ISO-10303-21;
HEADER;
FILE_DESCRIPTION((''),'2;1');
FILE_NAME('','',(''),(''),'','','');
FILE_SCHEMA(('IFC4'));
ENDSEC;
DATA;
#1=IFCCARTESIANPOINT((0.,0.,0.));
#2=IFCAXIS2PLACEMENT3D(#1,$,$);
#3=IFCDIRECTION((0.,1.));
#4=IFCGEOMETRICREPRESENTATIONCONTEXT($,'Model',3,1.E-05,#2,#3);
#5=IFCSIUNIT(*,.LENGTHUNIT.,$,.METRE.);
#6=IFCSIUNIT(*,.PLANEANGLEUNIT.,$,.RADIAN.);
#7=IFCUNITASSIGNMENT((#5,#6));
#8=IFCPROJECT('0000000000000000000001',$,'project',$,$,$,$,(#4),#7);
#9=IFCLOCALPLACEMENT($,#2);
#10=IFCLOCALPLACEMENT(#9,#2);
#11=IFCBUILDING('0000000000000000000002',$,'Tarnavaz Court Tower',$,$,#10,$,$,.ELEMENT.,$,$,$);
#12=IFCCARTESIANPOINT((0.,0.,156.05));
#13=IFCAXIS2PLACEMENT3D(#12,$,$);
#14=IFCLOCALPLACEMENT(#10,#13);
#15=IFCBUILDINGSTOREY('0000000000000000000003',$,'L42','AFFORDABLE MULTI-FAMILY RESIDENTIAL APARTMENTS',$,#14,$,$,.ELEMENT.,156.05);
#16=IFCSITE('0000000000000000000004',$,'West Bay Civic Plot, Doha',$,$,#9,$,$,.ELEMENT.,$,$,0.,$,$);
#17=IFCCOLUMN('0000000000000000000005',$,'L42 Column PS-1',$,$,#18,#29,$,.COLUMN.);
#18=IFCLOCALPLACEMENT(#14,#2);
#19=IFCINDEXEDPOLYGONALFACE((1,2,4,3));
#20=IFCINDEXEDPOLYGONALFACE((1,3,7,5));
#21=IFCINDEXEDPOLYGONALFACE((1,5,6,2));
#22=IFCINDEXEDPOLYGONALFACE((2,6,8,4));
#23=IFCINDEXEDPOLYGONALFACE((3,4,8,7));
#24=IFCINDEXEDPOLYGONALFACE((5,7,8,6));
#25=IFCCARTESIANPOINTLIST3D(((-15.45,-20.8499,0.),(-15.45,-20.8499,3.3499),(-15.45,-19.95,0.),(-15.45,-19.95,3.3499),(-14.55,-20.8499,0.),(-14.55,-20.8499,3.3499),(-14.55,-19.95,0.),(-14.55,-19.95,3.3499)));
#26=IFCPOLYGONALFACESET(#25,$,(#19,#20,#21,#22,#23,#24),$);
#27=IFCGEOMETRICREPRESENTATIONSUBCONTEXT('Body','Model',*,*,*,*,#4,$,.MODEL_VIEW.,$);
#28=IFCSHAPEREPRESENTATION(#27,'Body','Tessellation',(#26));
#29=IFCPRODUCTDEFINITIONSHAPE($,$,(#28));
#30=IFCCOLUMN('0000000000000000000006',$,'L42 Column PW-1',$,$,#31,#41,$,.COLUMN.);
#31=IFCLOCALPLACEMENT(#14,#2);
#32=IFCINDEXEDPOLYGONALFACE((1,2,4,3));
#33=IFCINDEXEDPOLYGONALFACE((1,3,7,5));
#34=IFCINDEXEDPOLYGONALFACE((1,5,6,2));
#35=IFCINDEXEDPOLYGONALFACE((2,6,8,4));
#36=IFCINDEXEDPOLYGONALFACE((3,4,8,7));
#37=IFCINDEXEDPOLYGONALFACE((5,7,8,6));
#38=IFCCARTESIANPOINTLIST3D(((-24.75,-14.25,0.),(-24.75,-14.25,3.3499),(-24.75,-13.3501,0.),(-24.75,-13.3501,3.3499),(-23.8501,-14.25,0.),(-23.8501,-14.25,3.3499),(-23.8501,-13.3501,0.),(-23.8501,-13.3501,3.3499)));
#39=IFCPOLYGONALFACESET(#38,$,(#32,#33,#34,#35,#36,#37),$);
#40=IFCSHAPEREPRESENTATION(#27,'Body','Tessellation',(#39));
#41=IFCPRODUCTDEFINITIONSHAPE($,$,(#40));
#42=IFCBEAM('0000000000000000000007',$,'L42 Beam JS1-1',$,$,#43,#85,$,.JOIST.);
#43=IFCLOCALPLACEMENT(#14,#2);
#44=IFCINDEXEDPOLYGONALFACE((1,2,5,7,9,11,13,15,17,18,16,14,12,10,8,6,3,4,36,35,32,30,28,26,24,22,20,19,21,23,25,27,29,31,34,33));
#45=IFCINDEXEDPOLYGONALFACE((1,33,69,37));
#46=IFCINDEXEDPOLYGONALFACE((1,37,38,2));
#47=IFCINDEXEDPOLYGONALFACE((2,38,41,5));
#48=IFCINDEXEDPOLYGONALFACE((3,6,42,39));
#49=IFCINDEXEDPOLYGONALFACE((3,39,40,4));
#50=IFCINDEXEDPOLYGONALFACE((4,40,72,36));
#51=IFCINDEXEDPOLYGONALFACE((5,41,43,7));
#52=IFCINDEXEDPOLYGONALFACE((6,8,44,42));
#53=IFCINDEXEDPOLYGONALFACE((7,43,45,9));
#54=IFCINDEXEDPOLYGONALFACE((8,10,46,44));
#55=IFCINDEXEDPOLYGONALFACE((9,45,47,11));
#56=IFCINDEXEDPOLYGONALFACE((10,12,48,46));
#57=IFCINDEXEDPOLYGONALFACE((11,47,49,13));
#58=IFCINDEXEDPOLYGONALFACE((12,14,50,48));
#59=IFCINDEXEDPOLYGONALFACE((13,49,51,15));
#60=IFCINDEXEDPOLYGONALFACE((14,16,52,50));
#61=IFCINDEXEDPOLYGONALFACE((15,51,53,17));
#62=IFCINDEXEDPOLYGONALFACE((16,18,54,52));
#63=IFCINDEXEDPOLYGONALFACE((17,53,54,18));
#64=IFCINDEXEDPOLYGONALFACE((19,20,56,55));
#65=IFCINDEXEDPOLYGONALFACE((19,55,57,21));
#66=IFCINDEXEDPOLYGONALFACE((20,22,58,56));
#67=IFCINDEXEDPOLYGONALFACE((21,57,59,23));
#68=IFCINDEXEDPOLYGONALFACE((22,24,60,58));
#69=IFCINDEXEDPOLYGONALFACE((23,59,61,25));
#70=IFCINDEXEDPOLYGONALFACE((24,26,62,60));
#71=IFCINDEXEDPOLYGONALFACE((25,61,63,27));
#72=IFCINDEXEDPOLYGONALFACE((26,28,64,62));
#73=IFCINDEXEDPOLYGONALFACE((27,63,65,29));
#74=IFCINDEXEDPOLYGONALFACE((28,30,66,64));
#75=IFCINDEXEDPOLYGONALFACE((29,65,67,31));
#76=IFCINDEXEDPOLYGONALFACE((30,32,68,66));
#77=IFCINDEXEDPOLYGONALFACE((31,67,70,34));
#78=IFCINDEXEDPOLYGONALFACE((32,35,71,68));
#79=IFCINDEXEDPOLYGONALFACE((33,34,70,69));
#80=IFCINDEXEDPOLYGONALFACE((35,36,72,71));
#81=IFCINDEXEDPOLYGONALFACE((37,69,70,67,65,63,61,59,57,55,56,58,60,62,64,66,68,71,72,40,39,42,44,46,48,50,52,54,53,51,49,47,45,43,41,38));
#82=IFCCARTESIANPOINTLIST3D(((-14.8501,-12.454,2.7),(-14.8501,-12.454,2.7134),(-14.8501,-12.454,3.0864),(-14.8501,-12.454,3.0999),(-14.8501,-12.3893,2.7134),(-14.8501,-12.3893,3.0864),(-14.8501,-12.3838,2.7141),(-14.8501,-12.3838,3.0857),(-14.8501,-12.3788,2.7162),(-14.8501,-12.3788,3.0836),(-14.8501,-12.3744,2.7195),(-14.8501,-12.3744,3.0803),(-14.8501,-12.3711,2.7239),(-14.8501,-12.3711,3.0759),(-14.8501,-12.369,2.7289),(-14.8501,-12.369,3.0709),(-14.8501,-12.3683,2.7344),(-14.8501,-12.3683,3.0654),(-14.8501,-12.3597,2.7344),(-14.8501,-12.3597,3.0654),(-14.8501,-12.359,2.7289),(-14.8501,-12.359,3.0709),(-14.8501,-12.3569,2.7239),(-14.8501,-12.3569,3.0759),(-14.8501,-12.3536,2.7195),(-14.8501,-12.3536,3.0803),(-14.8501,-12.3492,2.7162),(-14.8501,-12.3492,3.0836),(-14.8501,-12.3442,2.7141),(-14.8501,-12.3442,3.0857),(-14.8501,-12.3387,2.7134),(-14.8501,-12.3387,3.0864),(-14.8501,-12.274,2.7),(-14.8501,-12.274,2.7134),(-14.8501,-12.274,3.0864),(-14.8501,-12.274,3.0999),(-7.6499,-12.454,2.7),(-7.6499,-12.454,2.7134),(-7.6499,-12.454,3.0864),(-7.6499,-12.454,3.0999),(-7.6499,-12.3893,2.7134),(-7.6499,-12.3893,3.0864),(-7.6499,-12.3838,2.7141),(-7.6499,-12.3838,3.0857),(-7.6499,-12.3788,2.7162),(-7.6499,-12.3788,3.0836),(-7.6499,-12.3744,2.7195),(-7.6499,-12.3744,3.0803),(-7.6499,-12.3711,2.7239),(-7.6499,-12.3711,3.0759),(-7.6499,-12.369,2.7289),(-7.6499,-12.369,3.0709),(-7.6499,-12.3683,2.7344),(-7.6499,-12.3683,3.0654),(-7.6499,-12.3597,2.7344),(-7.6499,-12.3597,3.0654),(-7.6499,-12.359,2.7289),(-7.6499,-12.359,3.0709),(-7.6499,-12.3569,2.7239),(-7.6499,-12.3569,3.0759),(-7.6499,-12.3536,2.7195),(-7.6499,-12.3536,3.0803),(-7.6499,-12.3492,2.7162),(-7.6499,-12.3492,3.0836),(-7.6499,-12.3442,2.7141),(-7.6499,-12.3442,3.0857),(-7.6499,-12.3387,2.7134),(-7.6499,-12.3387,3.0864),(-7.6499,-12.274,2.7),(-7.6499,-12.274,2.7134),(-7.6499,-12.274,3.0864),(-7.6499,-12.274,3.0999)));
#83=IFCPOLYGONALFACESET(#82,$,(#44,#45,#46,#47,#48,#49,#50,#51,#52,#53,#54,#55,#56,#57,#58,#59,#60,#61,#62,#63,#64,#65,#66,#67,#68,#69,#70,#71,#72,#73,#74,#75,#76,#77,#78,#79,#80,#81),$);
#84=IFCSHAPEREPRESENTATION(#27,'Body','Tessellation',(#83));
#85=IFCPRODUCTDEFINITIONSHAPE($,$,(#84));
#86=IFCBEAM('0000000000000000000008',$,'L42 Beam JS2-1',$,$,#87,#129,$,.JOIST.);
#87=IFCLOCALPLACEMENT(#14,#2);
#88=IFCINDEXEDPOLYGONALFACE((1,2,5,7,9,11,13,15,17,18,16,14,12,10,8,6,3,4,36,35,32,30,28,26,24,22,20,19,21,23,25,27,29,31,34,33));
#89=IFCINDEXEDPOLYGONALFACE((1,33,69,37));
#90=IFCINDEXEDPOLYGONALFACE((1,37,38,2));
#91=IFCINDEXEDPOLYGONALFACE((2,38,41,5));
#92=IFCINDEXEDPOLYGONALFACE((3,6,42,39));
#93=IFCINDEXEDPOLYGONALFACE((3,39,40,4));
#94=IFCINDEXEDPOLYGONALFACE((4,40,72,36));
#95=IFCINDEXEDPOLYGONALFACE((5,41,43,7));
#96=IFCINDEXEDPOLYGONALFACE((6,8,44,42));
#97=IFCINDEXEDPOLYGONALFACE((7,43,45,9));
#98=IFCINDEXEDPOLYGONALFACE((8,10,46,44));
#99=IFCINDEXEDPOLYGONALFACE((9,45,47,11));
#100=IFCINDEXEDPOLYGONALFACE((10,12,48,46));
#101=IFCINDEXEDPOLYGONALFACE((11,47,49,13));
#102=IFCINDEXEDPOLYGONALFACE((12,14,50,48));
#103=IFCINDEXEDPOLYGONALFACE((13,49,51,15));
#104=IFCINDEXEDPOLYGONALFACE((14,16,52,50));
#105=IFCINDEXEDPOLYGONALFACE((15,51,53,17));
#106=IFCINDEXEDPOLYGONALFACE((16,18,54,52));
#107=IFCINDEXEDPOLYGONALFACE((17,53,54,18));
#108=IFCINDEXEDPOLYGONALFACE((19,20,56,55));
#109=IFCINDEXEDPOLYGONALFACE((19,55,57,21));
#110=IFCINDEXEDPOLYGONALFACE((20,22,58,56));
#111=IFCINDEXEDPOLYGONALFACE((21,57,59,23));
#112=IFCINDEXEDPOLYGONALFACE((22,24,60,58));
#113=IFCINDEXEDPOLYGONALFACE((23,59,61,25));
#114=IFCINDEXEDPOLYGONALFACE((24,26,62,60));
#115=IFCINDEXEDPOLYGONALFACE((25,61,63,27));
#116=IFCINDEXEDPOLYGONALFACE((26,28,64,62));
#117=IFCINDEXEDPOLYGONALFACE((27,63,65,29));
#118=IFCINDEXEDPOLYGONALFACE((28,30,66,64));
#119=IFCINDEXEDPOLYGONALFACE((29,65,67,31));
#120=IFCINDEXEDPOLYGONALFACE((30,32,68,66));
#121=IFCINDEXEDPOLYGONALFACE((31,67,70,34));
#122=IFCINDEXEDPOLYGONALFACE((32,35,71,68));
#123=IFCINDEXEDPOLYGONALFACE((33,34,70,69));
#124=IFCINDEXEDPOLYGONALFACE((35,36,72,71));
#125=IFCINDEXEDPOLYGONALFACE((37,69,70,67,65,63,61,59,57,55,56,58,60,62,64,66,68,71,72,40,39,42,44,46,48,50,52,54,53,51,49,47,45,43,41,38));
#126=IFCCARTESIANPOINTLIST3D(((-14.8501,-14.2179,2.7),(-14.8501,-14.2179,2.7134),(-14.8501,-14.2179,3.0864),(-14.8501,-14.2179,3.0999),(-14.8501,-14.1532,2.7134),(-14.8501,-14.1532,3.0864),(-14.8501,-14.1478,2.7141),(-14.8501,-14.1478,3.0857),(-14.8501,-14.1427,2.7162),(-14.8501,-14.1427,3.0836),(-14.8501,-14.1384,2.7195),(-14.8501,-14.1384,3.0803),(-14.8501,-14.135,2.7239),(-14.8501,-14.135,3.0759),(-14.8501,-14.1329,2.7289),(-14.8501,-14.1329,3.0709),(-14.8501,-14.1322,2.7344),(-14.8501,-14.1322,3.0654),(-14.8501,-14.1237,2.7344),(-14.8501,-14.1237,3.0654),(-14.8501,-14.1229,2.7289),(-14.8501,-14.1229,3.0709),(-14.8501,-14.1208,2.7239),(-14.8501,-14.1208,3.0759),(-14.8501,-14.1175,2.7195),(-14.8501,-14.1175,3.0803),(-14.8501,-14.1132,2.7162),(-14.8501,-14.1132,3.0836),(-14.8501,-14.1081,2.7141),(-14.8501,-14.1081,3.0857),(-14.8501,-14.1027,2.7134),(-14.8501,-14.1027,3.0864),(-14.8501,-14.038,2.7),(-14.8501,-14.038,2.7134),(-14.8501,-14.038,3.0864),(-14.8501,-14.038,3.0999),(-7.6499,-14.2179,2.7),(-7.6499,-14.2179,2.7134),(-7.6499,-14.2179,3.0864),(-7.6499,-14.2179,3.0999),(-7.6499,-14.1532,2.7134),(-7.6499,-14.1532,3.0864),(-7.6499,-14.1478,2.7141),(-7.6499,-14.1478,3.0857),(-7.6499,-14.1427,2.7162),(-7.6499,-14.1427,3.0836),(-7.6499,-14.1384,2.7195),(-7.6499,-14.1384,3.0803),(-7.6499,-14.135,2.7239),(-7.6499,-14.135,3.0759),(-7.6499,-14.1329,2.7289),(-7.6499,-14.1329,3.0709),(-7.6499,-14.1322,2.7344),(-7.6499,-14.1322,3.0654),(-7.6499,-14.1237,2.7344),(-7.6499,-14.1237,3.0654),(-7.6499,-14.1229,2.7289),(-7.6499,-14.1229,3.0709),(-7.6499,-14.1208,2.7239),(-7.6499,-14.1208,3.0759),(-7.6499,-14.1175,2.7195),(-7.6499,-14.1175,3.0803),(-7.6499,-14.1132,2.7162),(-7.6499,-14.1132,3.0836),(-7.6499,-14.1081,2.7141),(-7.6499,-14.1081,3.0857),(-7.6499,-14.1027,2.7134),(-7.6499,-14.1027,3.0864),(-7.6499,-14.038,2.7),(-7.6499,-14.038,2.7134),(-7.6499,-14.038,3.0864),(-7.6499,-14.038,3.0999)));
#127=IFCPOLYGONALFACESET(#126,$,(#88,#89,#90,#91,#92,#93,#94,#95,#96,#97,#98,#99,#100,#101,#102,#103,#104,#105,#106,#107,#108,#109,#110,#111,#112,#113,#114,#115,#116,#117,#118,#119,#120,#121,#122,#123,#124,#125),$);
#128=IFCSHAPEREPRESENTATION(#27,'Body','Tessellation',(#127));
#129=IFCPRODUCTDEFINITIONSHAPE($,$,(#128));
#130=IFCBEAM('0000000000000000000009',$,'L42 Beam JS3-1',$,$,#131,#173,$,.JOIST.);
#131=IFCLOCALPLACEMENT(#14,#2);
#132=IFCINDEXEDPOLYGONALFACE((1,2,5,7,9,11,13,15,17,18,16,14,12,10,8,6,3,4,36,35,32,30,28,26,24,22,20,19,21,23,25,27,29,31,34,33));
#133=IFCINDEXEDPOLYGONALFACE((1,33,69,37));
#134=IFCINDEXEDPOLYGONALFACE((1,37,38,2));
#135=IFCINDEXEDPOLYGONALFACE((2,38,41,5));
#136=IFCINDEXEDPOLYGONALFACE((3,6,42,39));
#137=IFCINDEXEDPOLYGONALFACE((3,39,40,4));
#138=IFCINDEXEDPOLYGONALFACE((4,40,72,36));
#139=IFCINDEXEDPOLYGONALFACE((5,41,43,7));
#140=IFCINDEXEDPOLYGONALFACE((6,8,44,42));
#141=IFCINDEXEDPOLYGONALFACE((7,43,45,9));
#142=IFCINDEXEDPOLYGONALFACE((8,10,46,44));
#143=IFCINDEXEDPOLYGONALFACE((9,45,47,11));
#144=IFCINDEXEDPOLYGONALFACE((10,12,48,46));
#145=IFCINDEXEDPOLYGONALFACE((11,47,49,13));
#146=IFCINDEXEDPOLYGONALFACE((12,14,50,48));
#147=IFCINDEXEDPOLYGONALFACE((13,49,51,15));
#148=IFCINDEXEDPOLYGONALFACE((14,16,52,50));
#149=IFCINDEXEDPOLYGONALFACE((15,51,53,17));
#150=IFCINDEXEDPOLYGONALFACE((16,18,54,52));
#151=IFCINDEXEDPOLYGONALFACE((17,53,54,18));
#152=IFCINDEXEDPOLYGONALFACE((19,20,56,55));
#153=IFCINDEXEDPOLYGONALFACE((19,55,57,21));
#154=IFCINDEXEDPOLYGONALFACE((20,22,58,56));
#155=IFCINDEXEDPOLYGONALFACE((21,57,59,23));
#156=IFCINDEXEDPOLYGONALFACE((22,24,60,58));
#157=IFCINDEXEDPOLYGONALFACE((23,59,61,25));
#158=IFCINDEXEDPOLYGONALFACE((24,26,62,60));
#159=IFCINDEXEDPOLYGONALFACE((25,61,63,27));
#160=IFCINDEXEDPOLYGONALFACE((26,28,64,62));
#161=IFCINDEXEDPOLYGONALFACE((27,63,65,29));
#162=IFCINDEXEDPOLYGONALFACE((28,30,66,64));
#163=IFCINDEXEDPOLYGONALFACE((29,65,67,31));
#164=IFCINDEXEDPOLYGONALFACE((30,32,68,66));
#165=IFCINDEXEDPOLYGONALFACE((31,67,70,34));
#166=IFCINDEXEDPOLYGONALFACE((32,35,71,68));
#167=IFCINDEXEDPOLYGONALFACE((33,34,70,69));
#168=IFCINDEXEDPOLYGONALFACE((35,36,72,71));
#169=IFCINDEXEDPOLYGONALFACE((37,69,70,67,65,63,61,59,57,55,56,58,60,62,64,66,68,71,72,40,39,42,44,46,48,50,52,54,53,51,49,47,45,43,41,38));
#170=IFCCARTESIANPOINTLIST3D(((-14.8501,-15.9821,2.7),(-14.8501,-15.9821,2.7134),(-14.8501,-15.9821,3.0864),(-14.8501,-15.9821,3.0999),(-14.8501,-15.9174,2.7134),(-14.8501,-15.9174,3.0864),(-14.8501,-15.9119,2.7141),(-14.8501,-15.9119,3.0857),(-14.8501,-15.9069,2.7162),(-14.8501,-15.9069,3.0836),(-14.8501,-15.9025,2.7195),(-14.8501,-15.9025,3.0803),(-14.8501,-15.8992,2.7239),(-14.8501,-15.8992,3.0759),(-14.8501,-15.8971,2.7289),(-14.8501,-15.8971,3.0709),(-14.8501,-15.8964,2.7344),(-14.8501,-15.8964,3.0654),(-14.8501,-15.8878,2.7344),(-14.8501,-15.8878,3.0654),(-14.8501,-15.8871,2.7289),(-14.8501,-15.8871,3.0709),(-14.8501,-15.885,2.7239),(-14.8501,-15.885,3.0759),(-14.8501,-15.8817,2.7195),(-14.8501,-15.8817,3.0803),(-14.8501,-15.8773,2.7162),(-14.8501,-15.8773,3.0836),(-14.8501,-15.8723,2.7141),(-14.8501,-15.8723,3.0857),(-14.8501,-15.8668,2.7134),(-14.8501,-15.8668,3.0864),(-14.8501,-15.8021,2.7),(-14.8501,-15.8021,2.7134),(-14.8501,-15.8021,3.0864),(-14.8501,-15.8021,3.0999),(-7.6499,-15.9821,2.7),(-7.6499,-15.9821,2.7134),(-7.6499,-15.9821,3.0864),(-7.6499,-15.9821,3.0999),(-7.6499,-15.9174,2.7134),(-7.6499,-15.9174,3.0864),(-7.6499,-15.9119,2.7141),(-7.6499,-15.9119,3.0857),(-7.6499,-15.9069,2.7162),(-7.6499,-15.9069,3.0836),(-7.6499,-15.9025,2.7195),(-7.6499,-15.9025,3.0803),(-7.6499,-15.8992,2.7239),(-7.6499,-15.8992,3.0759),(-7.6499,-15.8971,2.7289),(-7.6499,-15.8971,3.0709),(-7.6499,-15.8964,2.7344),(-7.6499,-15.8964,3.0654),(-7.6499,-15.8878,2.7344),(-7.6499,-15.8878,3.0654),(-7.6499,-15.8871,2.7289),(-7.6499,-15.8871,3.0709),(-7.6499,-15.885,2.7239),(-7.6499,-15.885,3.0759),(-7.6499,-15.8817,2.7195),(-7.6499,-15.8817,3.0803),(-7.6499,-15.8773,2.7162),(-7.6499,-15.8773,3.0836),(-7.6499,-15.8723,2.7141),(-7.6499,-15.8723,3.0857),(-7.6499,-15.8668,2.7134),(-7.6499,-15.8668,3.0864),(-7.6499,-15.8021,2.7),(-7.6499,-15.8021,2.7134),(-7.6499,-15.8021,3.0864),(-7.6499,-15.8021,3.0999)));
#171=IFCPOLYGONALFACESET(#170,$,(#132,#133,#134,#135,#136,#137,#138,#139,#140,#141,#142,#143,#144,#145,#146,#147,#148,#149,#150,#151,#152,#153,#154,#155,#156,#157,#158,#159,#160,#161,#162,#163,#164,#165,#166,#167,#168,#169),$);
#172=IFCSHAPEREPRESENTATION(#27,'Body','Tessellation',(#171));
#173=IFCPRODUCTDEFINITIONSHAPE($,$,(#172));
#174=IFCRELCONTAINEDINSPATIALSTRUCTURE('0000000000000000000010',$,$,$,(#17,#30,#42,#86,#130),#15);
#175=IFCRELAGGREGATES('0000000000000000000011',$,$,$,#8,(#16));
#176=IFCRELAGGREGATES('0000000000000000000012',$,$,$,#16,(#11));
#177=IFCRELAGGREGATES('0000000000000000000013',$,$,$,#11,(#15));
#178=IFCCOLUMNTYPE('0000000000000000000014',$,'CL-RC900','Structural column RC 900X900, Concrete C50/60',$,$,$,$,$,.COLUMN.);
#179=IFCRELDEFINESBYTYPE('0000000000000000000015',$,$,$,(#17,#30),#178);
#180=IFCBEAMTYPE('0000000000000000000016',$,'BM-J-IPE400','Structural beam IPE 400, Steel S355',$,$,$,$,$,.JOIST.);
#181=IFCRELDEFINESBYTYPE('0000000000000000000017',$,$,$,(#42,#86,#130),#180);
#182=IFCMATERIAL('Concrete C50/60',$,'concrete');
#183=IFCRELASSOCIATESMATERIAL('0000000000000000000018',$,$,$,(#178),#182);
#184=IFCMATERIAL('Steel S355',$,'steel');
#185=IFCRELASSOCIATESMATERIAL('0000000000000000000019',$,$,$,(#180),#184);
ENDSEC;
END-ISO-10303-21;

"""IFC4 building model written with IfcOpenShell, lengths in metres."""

from ifc_helpers import new_model, si_unit, direction, frame, origin, origin_2d, place, context, subcontext, project, spatial, rectangle, i_section, extrude, material, material_profile, profile_set, type_object, element, save


model = new_model("IFC4")

# Units and contexts
model_context = context("Model", 3, precision=1e-05, world=origin(), true_north=direction((0.0, 1.0)))
body_context = subcontext(model_context, "Body", "Model", "MODEL_VIEW")
ifc_project = project(units=[si_unit("LENGTHUNIT", "METRE"), si_unit("PLANEANGLEUNIT", "RADIAN")], contexts=[model_context])

# Site, building, storey
site_placement = place(None, origin())
site = spatial("IfcSite", under=ifc_project, at=site_placement, Name="West Bay Civic Plot, Doha", CompositionType="ELEMENT", RefElevation=0.0)
building_placement = place(site_placement, origin())
building = spatial("IfcBuilding", under=site, at=building_placement, Name="Tarnavaz Court Tower", CompositionType="ELEMENT")
storey_placement = place(building_placement, frame((0.0, 0.0, 156.05)))
storey = spatial("IfcBuildingStorey", under=building, at=storey_placement, Name="L42", Description="AFFORDABLE MULTI-FAMILY RESIDENTIAL APARTMENTS", CompositionType="ELEMENT", Elevation=156.05)

# Columns
ifc_material_1 = material(Name="Concrete C50/60", Category="concrete")
ifc_material_profile_1 = material_profile(ifc_material_1, rectangle(XDim=0.8999, YDim=0.8999, at=origin_2d()), Name="RC 900X900")
ifc_profile_set_1 = profile_set([ifc_material_profile_1], Name="Concrete C50/60")
column_type = type_object("IfcColumnType", Name="CL-RC900", Description="Structural column RC 900X900, Concrete C50/60", PredefinedType="COLUMN", material=ifc_profile_set_1)
for number, where, z_axis, x_axis, name in (
    (1, (-15.0, -20.3999, 0.0), (0.0, 0.0, 1.0), (1.0, 0.0, 0.0), "L42 Column PS-1"),
    (2, (-24.3, -13.8, 0.0), (0.0, 0.0, 1.0), (1.0, 0.0, 0.0), "L42 Column PW-1"),
):
    element("IfcColumn", number, at=place(storey_placement, frame(where, z_axis=z_axis, x_axis=x_axis)), inside=storey, type_object=column_type, Name=name, PredefinedType="COLUMN", context=body_context, shape_type="SweptSolid", body=[
        extrude(rectangle(XDim=0.8999, YDim=0.8999, at=origin_2d()), origin(), (0.0, 0.0, 1.0), 3.3499),
    ])

# Beams
ifc_material_2 = material(Name="Steel S355", Category="steel")
ifc_material_profile_2 = material_profile(ifc_material_2, i_section(OverallWidth=0.1799, OverallDepth=0.3999, WebThickness=0.0085, FlangeThickness=0.0134, FilletRadius=0.021, at=origin_2d()), Name="IPE 400")
ifc_profile_set_2 = profile_set([ifc_material_profile_2], Name="Steel S355")
beam_type_1 = type_object("IfcBeamType", Name="BM-J-IPE400", Description="Structural beam IPE 400, Steel S355", PredefinedType="JOIST", material=ifc_profile_set_2)
for number, where, z_axis, x_axis, name in (
    (3, (-14.8501, -12.364, 2.8999), (1.0, 0.0, 0.0), (0.0, 1.0, 0.0), "L42 Beam JS1-1"),
    (4, (-14.8501, -14.1279, 2.8999), (1.0, 0.0, 0.0), (0.0, 1.0, 0.0), "L42 Beam JS2-1"),
    (5, (-14.8501, -15.8921, 2.8999), (1.0, 0.0, 0.0), (0.0, 1.0, 0.0), "L42 Beam JS3-1"),
):
    element("IfcBeam", number, at=place(storey_placement, frame(where, z_axis=z_axis, x_axis=x_axis)), inside=storey, type_object=beam_type_1, Name=name, PredefinedType="JOIST", context=body_context, shape_type="SweptSolid", body=[
        extrude(i_section(OverallWidth=0.1799, OverallDepth=0.3999, WebThickness=0.0085, FlangeThickness=0.0134, FilletRadius=0.021, at=origin_2d()), origin(), (0.0, 0.0, 1.0), 7.2002),
    ])

save(model, "model.ifc")
